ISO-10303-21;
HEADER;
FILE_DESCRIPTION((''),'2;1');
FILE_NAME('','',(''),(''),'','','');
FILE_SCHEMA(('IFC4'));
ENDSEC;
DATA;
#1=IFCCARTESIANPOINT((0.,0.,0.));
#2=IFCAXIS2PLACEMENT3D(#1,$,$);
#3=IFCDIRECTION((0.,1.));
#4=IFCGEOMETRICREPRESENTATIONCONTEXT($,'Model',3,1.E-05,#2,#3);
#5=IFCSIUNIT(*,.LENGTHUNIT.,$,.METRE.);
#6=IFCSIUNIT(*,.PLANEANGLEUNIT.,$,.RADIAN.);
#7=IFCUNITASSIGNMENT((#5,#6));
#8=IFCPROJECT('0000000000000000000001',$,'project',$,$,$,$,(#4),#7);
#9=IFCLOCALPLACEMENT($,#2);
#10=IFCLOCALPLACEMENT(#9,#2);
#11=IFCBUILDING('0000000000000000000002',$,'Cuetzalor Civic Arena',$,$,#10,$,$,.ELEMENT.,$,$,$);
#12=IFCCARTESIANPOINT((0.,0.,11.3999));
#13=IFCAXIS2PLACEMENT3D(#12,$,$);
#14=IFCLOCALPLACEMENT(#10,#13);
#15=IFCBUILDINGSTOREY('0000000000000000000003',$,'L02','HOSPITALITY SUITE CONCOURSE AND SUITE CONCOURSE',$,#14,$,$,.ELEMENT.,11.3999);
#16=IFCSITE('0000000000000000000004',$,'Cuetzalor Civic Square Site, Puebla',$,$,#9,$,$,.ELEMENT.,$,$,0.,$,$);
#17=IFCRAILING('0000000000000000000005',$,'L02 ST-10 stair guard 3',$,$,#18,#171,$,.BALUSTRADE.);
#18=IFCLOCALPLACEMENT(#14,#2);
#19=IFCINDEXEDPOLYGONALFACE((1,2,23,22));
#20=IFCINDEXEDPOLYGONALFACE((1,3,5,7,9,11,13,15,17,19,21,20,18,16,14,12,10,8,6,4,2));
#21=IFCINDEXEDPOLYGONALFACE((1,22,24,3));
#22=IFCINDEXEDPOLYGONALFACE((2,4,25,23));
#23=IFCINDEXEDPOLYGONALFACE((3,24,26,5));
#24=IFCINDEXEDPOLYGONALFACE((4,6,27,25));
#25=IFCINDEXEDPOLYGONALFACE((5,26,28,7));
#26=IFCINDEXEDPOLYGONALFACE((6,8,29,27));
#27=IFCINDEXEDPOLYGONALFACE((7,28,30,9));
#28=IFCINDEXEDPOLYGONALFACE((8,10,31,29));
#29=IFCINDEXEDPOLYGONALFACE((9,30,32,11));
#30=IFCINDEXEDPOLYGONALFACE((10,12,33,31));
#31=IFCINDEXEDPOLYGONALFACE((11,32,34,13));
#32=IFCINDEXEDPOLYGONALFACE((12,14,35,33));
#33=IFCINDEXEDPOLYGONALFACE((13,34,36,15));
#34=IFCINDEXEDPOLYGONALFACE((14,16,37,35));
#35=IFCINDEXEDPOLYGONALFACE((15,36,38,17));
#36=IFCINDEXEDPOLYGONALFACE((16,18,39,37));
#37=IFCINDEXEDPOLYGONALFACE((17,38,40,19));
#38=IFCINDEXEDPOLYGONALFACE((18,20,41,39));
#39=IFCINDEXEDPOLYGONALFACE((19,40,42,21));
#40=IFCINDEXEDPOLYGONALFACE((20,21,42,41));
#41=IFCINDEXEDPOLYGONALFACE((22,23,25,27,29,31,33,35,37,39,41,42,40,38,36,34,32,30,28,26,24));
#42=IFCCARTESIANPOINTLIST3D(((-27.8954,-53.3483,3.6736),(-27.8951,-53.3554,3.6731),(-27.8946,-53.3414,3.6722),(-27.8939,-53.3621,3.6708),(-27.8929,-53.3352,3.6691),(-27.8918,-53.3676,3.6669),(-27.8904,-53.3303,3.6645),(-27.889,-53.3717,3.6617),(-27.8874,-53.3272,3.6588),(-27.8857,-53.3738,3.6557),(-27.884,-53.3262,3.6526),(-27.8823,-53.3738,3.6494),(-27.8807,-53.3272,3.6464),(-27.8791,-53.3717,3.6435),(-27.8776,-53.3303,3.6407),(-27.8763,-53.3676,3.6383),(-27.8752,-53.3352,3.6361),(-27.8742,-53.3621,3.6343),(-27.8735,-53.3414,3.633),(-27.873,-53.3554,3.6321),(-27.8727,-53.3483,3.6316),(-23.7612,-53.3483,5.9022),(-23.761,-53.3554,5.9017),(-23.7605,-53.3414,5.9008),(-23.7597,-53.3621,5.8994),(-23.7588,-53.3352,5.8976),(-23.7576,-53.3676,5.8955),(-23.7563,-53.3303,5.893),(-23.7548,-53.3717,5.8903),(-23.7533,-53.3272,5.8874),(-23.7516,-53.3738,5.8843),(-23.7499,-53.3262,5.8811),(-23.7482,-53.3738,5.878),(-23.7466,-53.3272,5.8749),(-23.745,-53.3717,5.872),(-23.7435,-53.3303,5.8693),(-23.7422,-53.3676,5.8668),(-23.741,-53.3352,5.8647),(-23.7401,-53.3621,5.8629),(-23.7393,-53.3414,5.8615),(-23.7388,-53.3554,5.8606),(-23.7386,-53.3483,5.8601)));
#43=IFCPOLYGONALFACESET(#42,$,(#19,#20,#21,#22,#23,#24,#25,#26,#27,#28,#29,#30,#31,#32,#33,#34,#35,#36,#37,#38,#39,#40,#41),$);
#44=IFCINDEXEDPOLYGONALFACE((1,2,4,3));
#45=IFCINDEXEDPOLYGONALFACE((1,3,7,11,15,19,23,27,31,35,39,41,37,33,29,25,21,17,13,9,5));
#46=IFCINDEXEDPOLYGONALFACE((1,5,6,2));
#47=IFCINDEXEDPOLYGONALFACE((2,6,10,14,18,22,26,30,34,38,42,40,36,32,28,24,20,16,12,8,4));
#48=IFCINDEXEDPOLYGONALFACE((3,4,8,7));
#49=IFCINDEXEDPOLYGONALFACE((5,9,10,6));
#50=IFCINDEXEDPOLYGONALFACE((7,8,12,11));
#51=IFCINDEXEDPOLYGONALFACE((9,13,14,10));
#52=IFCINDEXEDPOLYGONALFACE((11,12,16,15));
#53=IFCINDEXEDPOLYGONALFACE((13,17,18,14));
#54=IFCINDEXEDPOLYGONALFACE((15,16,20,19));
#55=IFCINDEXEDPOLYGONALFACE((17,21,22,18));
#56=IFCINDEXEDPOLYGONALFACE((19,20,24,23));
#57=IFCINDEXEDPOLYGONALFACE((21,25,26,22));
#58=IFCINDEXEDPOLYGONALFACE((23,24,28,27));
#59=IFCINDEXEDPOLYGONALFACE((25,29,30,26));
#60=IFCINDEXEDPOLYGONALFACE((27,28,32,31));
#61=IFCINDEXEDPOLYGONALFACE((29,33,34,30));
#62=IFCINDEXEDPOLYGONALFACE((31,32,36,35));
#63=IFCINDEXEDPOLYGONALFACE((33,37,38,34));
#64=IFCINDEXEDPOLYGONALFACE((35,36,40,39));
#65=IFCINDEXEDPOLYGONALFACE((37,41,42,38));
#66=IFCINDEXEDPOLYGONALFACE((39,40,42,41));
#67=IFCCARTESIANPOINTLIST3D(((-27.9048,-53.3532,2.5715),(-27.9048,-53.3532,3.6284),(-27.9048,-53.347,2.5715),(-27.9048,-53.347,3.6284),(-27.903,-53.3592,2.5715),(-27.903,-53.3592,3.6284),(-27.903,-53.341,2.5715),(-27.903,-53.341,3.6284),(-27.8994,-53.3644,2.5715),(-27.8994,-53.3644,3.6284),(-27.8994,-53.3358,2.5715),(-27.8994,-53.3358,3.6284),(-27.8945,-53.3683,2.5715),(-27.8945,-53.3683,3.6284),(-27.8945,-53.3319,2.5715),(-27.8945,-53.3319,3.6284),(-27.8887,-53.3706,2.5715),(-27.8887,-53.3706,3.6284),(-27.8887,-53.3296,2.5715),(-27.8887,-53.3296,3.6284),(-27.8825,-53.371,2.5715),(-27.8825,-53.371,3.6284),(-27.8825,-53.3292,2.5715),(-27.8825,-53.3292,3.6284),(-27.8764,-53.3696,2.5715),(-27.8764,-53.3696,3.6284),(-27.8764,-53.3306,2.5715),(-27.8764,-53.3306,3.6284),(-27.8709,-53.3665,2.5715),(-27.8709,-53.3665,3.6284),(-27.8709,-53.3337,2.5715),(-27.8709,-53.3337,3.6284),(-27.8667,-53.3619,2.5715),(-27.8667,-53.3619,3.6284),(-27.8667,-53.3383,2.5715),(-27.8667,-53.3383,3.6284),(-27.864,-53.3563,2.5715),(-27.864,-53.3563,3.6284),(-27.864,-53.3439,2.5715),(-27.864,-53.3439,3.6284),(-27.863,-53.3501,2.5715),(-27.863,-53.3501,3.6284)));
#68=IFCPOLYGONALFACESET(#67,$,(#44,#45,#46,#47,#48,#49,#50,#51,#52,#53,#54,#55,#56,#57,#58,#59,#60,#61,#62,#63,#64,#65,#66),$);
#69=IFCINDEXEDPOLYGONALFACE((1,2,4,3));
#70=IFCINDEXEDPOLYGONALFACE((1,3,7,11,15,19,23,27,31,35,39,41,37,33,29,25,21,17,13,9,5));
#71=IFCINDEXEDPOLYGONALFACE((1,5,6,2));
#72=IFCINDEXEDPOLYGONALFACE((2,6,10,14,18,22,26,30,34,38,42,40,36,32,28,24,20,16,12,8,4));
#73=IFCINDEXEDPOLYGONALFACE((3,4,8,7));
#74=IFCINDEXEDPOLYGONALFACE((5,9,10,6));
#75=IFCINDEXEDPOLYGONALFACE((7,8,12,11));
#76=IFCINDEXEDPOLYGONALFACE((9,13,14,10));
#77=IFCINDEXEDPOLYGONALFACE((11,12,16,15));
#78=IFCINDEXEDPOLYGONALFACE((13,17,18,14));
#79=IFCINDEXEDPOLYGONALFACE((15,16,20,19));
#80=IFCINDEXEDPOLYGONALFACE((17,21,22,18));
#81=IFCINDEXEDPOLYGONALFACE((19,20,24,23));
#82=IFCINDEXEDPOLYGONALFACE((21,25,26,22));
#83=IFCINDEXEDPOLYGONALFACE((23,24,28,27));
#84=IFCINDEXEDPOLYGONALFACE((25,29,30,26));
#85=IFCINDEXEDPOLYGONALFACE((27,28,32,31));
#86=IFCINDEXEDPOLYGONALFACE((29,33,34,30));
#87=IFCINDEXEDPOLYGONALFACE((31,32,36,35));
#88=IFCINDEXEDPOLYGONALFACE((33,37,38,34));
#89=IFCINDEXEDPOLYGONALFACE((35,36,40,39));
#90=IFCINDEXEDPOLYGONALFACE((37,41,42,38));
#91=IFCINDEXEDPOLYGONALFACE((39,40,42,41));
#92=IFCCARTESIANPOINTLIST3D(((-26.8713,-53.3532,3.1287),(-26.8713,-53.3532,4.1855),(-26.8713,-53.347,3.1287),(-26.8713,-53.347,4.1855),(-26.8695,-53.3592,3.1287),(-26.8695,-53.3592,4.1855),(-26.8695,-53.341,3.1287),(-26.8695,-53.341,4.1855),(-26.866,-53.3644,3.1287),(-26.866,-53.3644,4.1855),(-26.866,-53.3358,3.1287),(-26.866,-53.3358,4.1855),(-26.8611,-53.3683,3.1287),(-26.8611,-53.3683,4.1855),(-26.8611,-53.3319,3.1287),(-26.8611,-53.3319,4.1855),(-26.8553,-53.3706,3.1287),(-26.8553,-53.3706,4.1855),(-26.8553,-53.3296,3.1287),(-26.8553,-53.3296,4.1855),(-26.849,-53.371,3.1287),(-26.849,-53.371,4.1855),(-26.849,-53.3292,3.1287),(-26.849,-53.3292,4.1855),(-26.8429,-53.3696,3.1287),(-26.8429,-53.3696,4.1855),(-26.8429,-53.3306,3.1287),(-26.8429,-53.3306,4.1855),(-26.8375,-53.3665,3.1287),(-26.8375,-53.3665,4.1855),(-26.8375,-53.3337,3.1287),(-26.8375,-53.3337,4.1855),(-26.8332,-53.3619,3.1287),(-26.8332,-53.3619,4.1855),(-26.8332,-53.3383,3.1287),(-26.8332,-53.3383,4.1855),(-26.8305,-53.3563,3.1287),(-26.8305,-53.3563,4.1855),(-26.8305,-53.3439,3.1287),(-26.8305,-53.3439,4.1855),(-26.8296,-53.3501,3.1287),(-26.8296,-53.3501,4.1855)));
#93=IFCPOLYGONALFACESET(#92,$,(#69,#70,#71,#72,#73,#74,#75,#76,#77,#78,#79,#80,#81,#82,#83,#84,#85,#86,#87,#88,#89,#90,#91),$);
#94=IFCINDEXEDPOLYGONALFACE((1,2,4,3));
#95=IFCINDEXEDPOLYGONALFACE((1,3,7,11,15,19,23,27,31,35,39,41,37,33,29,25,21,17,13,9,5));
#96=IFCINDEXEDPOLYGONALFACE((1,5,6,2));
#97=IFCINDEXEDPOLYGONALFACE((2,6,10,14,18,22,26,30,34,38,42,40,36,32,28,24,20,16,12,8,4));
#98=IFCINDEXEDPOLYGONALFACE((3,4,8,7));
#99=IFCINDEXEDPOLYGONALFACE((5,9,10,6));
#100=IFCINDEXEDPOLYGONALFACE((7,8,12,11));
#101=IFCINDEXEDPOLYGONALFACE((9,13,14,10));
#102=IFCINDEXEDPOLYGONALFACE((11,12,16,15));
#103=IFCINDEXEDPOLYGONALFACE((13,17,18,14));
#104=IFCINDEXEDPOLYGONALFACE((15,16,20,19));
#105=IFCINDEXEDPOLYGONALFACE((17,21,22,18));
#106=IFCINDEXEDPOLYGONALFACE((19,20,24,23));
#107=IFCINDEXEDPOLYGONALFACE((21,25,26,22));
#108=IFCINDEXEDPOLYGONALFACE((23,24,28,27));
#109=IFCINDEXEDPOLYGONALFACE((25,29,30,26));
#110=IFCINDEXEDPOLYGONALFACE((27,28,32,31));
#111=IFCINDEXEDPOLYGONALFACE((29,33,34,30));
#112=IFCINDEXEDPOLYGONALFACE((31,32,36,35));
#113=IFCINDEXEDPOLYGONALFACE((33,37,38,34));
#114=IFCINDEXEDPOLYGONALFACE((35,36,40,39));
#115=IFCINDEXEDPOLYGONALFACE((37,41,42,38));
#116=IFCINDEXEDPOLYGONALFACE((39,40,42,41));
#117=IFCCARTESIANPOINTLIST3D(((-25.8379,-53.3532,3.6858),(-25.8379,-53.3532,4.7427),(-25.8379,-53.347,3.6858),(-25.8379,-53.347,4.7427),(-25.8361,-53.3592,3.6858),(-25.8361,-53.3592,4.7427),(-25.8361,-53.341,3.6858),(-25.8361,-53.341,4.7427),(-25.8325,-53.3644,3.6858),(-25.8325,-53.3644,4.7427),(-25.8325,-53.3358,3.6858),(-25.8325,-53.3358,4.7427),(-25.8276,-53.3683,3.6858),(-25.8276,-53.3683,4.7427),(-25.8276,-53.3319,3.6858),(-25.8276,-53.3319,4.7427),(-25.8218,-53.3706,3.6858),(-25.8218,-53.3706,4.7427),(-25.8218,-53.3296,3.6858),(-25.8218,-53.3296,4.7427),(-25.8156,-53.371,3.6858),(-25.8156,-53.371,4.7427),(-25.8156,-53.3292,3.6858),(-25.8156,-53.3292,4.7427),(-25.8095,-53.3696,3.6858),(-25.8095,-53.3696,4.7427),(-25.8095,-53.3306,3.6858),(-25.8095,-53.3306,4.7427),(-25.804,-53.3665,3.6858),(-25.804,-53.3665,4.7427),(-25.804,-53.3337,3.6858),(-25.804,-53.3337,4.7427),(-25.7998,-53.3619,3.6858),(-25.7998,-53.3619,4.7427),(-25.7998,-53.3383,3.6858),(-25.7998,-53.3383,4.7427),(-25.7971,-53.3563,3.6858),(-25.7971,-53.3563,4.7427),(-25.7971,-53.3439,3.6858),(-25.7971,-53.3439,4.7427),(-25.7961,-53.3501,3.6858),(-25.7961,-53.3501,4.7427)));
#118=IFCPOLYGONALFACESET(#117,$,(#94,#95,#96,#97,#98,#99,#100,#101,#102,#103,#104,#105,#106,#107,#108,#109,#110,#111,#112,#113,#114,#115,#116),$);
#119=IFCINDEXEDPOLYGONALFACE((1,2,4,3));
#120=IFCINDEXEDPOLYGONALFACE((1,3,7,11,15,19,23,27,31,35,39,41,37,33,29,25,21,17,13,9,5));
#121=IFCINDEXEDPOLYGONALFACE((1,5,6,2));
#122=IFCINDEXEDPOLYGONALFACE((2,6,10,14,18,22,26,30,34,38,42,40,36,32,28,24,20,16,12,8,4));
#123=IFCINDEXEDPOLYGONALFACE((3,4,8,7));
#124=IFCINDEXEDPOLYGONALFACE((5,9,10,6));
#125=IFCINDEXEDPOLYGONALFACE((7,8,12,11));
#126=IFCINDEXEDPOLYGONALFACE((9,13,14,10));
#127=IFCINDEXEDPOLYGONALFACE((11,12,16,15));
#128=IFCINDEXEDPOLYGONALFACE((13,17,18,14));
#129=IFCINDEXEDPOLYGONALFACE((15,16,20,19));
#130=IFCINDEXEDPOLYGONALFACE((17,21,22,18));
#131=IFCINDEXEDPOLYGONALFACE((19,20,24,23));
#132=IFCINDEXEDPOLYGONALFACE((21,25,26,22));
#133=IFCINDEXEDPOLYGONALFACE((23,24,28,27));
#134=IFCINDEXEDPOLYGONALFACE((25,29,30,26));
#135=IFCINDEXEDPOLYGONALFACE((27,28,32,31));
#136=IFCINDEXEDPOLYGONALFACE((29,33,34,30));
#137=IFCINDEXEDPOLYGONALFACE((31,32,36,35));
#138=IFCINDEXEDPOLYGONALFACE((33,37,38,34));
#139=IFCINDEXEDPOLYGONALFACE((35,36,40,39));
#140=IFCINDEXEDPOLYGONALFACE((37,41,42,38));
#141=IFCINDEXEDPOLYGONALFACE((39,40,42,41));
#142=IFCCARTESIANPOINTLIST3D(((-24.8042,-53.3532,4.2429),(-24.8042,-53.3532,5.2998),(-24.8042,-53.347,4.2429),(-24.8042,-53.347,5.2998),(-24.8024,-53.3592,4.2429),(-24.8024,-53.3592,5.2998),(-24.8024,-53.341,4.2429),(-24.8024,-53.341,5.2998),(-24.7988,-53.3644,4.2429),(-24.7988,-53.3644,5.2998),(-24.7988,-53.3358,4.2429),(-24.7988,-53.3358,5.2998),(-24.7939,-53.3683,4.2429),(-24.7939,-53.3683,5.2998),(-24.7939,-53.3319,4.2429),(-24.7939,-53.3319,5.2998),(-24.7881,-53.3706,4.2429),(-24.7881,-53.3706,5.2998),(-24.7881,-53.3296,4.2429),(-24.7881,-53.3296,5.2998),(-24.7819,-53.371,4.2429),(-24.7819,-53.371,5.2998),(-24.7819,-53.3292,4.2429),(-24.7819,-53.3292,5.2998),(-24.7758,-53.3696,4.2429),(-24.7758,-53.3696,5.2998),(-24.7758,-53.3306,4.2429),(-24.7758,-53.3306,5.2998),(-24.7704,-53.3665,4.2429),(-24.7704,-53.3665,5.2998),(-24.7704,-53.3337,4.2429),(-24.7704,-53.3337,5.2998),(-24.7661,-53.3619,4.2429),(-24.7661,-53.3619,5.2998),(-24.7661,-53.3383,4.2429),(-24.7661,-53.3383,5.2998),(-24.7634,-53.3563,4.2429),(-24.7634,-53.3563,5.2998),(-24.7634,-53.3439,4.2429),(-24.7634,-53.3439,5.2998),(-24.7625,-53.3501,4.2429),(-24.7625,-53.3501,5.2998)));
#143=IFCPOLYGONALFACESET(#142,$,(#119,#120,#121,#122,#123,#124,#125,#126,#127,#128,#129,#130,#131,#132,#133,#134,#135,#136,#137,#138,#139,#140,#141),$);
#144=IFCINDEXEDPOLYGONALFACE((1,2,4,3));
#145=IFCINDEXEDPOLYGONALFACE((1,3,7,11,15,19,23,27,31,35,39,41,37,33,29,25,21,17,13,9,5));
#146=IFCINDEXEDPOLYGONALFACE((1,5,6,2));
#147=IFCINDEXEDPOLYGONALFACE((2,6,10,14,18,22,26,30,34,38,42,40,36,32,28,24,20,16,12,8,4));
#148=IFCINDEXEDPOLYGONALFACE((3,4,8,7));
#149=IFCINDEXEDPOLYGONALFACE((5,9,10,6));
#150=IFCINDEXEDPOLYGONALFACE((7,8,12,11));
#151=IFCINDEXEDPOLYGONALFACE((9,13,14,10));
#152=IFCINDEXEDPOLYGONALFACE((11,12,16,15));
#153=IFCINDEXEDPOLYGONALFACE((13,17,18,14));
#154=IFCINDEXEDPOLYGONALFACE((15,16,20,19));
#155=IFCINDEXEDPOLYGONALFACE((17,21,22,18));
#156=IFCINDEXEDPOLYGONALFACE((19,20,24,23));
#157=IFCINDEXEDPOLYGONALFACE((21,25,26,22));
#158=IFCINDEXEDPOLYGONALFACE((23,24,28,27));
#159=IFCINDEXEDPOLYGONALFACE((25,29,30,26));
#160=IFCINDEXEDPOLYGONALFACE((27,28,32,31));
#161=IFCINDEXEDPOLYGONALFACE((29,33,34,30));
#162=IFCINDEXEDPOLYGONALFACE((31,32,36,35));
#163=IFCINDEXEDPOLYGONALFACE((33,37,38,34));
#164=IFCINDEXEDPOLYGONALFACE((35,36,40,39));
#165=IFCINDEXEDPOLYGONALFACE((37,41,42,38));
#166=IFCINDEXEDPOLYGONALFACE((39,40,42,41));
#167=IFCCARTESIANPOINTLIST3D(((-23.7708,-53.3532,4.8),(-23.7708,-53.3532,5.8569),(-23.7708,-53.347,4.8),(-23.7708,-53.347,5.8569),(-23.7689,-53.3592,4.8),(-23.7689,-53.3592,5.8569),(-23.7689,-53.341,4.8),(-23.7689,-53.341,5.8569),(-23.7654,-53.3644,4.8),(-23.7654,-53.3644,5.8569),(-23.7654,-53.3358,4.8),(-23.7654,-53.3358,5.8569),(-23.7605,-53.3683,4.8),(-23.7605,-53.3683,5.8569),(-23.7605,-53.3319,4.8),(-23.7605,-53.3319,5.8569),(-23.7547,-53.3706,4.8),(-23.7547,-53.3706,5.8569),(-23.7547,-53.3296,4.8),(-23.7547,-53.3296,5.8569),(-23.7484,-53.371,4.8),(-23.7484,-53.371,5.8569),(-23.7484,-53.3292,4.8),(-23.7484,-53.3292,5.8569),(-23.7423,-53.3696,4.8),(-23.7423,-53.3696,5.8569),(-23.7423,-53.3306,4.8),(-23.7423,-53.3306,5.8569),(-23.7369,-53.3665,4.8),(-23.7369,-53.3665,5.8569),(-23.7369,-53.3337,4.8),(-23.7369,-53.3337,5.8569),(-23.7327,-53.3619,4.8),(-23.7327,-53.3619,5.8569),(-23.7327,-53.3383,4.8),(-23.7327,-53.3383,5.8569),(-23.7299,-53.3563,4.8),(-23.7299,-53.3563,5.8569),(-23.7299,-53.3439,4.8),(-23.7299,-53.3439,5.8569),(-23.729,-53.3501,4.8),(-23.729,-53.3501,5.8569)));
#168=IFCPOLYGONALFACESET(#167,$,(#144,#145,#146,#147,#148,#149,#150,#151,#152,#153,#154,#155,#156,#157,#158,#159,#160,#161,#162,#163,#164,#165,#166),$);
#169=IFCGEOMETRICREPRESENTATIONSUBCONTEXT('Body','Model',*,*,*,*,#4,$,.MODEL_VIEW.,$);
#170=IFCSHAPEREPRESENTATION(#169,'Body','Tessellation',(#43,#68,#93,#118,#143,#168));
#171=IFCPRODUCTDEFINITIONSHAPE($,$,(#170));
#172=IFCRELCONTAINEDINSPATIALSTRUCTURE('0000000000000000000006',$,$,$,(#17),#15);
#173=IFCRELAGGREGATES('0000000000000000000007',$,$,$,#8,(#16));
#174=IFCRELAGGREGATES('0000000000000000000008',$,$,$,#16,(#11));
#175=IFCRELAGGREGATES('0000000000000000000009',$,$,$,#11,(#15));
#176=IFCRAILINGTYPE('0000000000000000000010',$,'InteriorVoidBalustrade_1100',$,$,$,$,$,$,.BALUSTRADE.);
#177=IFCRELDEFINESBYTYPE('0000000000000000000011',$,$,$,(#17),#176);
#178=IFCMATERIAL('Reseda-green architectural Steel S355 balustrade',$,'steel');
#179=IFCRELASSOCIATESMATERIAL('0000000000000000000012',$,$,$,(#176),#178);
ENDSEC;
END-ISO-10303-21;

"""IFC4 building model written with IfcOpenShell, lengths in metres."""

from ifc_helpers import new_model, si_unit, direction, frame, origin, origin_2d, place, context, subcontext, project, spatial, circle, extrude, material, type_object, element, save


model = new_model("IFC4")

# Units and contexts
model_context = context("Model", 3, precision=1e-05, world=origin(), true_north=direction((0.0, 1.0)))
body_context = subcontext(model_context, "Body", "Model", "MODEL_VIEW")
ifc_project = project(units=[si_unit("LENGTHUNIT", "METRE"), si_unit("PLANEANGLEUNIT", "RADIAN")], contexts=[model_context])

# Site, building, storey
site_placement = place(None, origin())
site = spatial("IfcSite", under=ifc_project, at=site_placement, Name="Cuetzalor Civic Square Site, Puebla", CompositionType="ELEMENT", RefElevation=0.0)
building_placement = place(site_placement, origin())
building = spatial("IfcBuilding", under=site, at=building_placement, Name="Cuetzalor Civic Arena", CompositionType="ELEMENT")
storey_placement = place(building_placement, frame((0.0, 0.0, 11.3999)))
storey = spatial("IfcBuildingStorey", under=building, at=storey_placement, Name="L02", Description="HOSPITALITY SUITE CONCOURSE AND SUITE CONCOURSE", CompositionType="ELEMENT", Elevation=11.3999)

# Railing
ifc_material_1 = material(Name="Reseda-green architectural Steel S355 balustrade", Category="steel")
railing_type_1 = type_object("IfcRailingType", Name="InteriorVoidBalustrade_1100", PredefinedType="BALUSTRADE", material=ifc_material_1)
railing_1_placement = place(storey_placement, frame((-27.884, -53.3501, 2.5715)))
element("IfcRailing", 1, at=railing_1_placement, inside=storey, type_object=railing_type_1, Name="L02 ST-10 stair guard 3", PredefinedType="BALUSTRADE", context=body_context, shape_type="SweptSolid", body=[
    extrude(circle(Radius=0.0239, at=origin_2d()), frame((0.0, 0.0, 1.0811), z_axis=(0.880249, 0.0, 0.474512), x_axis=(0.0, 1.0, 0.0)), (0.0, 0.0, 1.0), 4.6965),
    extrude(circle(Radius=0.021, at=origin_2d()), origin(), (0.0, 0.0, 1.0), 1.0569),
    extrude(circle(Radius=0.021, at=origin_2d()), frame((1.0334, 0.0, 0.5571)), (0.0, 0.0, 1.0), 1.0569),
    extrude(circle(Radius=0.021, at=origin_2d()), frame((2.0669, 0.0, 1.1143)), (0.0, 0.0, 1.0), 1.0569),
    extrude(circle(Radius=0.021, at=origin_2d()), frame((3.1006, 0.0, 1.6714)), (0.0, 0.0, 1.0), 1.0569),
    extrude(circle(Radius=0.021, at=origin_2d()), frame((4.134, 0.0, 2.2285)), (0.0, 0.0, 1.0), 1.0569),
])

save(model, "model.ifc")
